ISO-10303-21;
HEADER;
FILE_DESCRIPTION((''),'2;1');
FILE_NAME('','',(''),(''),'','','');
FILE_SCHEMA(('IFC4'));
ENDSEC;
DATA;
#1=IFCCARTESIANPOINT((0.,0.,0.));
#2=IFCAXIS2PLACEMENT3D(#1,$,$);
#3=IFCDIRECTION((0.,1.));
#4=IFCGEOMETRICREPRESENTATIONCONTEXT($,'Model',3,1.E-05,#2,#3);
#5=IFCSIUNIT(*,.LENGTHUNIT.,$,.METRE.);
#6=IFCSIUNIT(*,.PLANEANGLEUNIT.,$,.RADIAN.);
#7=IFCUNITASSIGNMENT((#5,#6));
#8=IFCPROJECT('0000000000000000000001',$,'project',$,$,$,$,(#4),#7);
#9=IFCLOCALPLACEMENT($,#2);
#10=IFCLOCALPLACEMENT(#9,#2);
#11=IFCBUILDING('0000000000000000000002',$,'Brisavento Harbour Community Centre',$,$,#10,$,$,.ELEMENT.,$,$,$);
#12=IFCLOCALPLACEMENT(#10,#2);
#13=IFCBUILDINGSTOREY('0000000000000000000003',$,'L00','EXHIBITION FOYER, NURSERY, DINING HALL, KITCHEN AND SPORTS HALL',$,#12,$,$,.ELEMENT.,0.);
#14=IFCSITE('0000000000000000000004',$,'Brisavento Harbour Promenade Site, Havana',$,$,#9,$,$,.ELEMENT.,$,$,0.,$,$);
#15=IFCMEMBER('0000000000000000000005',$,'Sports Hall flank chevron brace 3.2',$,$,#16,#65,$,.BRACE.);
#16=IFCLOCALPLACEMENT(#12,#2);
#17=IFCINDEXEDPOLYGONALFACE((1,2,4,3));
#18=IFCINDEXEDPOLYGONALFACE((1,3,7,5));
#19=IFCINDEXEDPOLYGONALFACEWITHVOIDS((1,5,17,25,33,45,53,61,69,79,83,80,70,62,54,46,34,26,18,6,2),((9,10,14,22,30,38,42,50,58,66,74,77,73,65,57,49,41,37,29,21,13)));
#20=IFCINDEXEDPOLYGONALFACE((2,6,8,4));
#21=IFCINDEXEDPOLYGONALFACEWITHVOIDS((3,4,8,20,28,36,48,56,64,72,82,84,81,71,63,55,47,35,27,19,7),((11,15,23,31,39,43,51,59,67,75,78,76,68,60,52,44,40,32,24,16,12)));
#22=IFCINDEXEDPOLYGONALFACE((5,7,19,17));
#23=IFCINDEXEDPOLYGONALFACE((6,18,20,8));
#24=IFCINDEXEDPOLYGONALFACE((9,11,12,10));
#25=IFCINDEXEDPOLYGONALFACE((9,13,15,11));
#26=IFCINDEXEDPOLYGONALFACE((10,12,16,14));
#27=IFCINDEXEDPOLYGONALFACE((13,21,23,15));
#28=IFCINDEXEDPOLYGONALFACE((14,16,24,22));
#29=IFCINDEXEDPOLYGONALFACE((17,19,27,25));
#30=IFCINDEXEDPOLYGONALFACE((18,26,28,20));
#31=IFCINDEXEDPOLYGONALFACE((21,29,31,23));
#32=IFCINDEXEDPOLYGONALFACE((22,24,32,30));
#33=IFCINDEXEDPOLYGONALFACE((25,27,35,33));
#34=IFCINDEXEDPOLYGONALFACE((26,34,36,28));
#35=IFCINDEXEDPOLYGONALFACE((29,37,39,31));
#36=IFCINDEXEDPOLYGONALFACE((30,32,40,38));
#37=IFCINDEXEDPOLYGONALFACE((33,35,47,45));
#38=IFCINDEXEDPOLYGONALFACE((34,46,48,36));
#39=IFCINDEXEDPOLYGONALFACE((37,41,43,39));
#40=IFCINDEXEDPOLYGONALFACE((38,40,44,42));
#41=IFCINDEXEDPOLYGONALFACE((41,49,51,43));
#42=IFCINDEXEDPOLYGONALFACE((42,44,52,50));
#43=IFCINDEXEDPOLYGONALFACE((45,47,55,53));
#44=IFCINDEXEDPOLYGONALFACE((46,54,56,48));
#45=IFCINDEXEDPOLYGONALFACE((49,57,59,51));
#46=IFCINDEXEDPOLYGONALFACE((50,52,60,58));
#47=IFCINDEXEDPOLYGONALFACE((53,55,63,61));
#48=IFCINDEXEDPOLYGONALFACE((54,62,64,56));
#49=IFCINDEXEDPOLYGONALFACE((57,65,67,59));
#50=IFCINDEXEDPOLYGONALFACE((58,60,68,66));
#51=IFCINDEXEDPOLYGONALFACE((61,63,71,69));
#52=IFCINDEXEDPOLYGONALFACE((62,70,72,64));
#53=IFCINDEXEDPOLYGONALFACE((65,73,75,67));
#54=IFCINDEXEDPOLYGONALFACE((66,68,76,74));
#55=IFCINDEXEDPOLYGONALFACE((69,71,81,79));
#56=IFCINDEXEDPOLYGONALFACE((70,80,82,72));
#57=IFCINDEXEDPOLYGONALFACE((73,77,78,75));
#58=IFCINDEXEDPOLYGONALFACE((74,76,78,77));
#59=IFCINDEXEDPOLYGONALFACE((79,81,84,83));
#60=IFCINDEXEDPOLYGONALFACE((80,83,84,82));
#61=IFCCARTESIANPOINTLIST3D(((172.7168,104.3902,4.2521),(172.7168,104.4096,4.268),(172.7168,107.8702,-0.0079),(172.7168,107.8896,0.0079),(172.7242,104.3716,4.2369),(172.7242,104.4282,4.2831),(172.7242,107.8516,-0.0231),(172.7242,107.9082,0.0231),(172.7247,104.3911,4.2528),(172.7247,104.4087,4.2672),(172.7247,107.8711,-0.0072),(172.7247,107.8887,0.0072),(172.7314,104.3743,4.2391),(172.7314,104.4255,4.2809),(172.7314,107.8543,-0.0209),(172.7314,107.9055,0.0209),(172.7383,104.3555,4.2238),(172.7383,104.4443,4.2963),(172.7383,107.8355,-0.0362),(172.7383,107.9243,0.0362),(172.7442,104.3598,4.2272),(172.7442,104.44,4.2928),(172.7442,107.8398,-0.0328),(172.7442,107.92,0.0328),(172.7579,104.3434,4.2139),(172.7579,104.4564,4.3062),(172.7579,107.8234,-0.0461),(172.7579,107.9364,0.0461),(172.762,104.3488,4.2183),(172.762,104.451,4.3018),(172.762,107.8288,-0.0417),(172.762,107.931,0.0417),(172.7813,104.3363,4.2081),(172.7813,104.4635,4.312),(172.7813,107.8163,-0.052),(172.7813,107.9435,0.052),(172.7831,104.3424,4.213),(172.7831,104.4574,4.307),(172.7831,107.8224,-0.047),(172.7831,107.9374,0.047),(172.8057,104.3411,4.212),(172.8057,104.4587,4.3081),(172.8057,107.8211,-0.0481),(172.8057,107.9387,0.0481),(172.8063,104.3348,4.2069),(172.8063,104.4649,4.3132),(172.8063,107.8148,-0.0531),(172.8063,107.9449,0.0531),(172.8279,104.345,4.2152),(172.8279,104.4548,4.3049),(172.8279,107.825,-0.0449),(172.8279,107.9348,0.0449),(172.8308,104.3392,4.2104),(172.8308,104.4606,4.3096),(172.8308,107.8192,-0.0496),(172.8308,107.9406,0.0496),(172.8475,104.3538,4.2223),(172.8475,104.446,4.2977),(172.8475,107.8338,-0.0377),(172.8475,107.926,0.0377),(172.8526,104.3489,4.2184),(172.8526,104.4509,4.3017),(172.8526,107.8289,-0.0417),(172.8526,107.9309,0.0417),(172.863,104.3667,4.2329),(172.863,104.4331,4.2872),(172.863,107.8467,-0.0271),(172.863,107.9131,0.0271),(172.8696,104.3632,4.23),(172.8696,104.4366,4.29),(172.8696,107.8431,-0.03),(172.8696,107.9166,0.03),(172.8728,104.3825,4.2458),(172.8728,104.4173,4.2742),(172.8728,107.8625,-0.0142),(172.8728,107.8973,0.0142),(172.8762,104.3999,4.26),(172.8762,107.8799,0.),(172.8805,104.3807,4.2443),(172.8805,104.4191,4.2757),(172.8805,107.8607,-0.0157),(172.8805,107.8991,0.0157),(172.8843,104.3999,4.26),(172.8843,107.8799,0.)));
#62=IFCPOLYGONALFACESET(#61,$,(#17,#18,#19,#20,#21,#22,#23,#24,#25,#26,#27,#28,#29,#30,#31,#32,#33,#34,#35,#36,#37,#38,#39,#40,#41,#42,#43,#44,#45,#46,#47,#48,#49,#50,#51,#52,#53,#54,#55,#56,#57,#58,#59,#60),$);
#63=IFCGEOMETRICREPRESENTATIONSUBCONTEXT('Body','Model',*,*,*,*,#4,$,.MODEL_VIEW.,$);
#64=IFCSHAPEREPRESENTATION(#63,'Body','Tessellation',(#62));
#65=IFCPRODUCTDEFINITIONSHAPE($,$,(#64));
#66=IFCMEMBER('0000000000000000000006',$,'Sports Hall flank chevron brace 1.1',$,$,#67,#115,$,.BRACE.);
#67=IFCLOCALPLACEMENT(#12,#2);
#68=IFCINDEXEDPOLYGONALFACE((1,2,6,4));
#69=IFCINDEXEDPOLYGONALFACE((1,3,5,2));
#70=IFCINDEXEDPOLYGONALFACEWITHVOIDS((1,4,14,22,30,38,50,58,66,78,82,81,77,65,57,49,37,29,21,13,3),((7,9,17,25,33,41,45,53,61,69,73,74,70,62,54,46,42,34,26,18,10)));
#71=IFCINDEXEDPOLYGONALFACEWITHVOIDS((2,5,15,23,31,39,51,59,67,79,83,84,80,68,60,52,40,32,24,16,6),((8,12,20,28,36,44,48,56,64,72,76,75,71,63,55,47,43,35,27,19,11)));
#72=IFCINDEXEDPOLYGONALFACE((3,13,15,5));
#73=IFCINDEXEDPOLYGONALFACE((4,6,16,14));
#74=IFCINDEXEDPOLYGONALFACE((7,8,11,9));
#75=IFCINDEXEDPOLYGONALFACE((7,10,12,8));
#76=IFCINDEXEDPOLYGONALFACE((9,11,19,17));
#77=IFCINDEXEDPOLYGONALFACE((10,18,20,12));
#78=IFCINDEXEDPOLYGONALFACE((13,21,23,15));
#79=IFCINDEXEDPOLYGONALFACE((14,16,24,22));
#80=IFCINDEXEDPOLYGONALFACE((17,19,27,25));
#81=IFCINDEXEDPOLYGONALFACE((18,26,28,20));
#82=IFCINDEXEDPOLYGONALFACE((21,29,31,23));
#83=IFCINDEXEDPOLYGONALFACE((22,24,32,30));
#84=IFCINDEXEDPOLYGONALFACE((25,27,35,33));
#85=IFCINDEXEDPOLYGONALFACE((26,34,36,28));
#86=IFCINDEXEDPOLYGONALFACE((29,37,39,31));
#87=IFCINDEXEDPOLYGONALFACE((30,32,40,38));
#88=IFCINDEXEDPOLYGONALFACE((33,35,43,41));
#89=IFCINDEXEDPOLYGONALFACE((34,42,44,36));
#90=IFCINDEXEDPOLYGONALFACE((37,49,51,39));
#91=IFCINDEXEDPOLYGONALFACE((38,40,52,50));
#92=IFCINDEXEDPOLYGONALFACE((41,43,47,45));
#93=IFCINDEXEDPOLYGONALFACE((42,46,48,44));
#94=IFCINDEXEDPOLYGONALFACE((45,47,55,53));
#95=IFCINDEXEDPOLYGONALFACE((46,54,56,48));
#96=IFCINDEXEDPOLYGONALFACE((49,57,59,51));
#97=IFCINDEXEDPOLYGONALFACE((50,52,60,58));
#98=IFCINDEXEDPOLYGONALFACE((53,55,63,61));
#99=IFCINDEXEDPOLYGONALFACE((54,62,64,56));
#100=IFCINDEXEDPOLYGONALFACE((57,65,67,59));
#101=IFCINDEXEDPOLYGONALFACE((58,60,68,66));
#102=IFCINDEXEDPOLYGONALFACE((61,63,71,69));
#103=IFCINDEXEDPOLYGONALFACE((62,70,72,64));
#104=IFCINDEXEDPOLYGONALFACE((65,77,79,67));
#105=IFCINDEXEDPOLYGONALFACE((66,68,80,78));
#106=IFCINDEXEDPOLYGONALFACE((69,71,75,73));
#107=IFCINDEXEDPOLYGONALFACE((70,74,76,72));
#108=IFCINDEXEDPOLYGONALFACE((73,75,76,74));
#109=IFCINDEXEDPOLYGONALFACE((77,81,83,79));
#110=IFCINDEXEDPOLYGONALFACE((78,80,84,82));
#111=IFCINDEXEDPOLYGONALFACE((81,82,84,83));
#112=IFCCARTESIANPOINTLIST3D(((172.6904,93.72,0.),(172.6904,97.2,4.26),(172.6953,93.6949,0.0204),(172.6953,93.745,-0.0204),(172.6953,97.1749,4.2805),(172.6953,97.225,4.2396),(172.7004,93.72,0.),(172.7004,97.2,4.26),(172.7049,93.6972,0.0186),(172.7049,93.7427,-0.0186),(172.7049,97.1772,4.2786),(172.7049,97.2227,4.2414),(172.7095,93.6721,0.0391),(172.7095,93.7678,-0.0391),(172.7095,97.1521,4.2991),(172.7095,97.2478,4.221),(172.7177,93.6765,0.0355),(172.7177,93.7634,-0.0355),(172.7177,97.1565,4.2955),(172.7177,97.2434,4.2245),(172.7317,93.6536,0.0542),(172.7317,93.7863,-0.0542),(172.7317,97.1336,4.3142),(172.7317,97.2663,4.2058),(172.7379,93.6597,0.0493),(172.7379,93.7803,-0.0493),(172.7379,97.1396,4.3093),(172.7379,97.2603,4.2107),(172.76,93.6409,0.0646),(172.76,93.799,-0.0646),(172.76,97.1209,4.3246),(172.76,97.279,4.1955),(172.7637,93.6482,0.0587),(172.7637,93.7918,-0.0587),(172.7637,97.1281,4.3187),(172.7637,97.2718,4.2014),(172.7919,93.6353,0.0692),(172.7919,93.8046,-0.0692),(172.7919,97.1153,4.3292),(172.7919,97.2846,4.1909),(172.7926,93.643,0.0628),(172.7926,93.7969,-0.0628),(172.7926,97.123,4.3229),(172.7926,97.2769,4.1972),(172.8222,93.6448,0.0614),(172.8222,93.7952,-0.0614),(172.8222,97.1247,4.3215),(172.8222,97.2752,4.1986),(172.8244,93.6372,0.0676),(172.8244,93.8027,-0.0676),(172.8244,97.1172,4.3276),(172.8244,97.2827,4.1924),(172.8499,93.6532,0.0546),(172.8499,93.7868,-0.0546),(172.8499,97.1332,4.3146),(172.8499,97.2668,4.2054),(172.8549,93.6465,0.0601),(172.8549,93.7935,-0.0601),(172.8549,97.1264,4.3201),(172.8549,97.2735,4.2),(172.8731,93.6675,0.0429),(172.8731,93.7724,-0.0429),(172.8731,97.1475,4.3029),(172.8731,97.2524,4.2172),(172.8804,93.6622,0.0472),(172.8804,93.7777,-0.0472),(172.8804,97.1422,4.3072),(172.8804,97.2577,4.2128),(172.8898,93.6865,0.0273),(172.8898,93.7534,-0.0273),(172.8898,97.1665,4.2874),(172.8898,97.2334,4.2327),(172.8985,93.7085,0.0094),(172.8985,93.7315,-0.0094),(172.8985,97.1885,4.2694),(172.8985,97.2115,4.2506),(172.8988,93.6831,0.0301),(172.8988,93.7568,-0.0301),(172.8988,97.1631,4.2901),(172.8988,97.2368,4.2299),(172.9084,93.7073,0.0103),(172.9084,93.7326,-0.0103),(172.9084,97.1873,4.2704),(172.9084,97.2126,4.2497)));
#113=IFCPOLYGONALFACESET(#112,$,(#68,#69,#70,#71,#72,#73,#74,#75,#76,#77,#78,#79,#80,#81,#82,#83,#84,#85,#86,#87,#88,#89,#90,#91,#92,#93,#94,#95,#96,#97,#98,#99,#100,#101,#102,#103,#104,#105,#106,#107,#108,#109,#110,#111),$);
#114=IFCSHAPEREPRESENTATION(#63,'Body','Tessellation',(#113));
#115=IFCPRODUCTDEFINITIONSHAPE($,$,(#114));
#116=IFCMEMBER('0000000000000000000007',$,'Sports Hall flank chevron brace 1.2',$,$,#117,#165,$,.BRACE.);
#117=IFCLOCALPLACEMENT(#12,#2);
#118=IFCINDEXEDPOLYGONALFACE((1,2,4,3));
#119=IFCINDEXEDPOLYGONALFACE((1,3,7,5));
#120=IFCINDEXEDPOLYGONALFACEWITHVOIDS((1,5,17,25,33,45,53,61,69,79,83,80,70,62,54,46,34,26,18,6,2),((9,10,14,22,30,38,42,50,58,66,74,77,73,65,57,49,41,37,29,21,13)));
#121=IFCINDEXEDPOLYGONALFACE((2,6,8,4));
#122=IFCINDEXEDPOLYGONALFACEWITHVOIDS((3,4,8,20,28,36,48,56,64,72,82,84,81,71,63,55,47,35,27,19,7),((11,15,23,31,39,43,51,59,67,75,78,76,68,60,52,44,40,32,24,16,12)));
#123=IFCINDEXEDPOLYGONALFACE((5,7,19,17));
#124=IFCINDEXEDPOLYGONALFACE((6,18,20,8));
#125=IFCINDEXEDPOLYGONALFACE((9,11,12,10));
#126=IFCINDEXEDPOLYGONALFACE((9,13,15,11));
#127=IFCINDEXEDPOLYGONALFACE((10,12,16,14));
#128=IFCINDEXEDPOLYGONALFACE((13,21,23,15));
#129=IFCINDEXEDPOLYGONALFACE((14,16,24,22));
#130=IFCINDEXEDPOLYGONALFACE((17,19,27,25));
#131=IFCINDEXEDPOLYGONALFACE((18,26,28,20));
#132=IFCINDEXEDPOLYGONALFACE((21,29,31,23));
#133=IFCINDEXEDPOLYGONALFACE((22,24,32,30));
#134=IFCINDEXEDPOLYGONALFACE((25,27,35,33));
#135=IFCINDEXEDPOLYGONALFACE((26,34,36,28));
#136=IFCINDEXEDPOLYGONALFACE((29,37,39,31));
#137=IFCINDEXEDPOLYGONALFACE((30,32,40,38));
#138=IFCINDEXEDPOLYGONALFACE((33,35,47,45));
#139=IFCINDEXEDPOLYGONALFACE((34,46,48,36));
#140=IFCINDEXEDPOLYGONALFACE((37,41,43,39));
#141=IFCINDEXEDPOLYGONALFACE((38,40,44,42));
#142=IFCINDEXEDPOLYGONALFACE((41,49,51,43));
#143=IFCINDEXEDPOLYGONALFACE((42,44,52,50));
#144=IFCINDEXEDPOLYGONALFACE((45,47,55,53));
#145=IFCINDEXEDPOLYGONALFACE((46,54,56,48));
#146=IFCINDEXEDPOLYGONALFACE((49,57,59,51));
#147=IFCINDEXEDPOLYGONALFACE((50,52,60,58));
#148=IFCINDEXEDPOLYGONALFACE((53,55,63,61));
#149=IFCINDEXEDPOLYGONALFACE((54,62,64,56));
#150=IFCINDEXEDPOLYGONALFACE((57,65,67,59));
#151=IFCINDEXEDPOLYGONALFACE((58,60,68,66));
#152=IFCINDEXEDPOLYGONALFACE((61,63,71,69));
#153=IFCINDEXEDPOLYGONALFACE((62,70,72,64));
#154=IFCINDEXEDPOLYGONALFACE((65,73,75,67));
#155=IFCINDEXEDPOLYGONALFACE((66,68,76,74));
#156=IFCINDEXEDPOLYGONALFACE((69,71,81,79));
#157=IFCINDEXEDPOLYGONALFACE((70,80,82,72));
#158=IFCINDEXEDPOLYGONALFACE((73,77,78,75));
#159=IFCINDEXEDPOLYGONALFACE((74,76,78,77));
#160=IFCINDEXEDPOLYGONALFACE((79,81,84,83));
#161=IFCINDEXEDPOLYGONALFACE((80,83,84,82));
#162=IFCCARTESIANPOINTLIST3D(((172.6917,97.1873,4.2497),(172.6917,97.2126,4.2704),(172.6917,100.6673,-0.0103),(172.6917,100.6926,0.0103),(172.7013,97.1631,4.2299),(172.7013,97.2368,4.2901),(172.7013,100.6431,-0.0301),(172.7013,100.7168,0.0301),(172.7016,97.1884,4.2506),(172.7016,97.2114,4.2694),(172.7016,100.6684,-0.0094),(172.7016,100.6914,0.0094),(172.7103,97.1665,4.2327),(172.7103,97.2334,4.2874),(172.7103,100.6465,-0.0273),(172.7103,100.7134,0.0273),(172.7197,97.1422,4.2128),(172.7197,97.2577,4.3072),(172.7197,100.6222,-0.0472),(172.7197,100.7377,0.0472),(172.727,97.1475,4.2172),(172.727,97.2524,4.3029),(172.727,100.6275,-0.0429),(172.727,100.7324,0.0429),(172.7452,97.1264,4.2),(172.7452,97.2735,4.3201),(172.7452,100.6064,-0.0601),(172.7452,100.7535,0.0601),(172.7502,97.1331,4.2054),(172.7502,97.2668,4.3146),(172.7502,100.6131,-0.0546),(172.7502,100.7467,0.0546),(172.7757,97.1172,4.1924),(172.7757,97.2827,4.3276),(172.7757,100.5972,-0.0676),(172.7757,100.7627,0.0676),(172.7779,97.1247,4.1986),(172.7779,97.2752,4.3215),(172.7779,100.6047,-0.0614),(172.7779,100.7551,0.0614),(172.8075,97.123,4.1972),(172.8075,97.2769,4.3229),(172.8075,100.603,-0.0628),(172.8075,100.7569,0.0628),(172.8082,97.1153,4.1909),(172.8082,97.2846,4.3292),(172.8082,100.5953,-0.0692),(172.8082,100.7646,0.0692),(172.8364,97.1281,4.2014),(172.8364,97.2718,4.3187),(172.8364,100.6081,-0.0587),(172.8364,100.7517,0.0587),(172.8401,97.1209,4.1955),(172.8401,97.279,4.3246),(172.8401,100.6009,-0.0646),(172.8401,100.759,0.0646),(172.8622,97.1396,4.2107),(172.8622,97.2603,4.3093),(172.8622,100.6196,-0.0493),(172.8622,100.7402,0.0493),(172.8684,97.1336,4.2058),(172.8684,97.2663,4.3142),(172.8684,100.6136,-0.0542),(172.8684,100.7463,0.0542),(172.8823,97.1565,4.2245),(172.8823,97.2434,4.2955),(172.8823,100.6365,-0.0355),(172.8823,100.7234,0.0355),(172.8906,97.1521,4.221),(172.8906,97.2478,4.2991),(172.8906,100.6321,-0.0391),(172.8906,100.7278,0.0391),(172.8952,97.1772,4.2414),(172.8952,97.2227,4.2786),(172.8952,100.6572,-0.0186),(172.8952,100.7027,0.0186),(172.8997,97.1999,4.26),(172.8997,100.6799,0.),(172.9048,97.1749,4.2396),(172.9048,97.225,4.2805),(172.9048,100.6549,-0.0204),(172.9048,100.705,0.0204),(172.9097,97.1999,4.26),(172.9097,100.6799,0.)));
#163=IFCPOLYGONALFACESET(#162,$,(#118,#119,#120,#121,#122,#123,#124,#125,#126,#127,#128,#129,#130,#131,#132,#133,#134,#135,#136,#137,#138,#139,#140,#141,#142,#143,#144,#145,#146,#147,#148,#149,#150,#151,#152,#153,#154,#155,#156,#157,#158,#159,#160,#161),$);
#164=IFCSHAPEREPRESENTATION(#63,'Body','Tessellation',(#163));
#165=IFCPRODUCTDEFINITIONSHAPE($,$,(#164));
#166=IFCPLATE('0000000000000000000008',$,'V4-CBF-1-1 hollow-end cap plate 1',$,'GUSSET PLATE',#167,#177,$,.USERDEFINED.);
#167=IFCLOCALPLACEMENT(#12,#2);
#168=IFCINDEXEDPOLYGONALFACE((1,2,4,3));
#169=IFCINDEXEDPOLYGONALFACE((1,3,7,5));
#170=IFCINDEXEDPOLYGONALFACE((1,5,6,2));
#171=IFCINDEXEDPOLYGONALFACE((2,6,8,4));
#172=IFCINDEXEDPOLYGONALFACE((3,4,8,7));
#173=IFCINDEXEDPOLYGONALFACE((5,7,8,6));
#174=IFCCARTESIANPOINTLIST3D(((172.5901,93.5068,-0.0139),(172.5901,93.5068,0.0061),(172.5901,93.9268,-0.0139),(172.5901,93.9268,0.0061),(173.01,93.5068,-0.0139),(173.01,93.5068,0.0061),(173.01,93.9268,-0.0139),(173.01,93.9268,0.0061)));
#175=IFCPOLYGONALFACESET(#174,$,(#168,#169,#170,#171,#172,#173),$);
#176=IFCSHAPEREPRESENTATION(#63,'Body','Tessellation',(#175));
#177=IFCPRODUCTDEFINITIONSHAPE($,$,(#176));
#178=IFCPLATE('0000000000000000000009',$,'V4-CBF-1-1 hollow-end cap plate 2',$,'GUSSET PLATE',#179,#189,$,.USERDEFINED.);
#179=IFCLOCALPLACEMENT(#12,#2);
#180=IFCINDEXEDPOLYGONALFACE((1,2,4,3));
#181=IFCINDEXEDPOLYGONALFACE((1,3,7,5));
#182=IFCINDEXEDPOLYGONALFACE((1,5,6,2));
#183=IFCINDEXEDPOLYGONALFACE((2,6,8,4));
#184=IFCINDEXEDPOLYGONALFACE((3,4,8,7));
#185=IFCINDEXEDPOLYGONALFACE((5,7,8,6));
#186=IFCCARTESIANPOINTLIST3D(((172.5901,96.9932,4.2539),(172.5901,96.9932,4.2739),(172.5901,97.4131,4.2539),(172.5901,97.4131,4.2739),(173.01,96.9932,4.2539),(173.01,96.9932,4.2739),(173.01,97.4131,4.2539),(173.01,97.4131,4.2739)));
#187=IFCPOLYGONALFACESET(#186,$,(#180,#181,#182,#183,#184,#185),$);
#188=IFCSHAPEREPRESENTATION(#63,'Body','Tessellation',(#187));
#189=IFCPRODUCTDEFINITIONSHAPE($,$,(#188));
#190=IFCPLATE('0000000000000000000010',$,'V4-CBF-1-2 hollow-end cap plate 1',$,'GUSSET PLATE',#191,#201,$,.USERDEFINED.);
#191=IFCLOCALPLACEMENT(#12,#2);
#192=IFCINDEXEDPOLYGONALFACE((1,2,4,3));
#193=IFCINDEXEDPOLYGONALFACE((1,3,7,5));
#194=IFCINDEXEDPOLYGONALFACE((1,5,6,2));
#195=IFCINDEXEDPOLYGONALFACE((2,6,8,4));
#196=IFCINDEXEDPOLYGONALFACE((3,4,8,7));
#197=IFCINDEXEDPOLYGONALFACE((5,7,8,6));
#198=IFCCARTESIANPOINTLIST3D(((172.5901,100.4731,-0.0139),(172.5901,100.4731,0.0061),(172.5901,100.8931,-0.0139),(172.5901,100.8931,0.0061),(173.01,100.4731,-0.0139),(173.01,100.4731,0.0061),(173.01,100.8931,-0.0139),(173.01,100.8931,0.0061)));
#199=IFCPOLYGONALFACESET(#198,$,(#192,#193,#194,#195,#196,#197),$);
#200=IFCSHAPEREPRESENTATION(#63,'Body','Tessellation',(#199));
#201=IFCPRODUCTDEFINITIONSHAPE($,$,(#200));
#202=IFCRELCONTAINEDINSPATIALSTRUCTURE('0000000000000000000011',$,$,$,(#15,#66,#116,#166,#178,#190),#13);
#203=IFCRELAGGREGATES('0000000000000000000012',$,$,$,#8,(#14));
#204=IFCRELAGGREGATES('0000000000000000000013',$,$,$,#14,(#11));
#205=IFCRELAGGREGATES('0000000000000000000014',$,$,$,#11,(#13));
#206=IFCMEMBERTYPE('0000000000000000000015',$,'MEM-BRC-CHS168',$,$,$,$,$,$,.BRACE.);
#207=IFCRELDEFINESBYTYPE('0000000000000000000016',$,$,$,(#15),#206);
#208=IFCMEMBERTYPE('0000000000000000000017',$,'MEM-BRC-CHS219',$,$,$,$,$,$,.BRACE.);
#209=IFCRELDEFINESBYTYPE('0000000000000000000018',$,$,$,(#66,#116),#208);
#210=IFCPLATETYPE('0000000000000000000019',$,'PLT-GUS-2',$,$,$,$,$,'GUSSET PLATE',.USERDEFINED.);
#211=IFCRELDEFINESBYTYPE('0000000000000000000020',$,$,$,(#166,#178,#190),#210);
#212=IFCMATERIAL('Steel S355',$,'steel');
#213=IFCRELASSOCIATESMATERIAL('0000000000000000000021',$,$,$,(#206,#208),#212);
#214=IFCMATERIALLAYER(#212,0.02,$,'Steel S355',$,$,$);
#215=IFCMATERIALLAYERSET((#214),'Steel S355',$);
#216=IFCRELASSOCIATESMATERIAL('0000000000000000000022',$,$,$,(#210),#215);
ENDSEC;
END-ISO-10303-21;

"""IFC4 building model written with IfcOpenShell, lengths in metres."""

from ifc_helpers import new_model, si_unit, direction, frame, origin, origin_2d, place, context, subcontext, project, spatial, rectangle, hollow_circle, extrude, material, layer, layer_set, material_profile, profile_set, type_object, element, save


model = new_model("IFC4")

# Units and contexts
model_context = context("Model", 3, precision=1e-05, world=origin(), true_north=direction((0.0, 1.0)))
body_context = subcontext(model_context, "Body", "Model", "MODEL_VIEW")
ifc_project = project(units=[si_unit("LENGTHUNIT", "METRE"), si_unit("PLANEANGLEUNIT", "RADIAN")], contexts=[model_context])

# Site, building, storey
site_placement = place(None, origin())
site = spatial("IfcSite", under=ifc_project, at=site_placement, Name="Brisavento Harbour Promenade Site, Havana", CompositionType="ELEMENT", RefElevation=0.0)
building_placement = place(site_placement, origin())
building = spatial("IfcBuilding", under=site, at=building_placement, Name="Brisavento Harbour Community Centre", CompositionType="ELEMENT")
storey_placement = place(building_placement, origin())
storey = spatial("IfcBuildingStorey", under=building, at=storey_placement, Name="L00", Description="EXHIBITION FOYER, NURSERY, DINING HALL, KITCHEN AND SPORTS HALL", CompositionType="ELEMENT", Elevation=0.0)

# Shared definitions
ifc_material_1 = material(Name="Steel S355", Category="steel")

# Members
ifc_material_profile_1 = material_profile(ifc_material_1, hollow_circle(Radius=0.0842, WallThickness=0.0081, at=origin_2d()), Name="Steel S355")
ifc_profile_set_1 = profile_set([ifc_material_profile_1], Name="Steel S355")
member_type_1 = type_object("IfcMemberType", Name="MEM-BRC-CHS168", PredefinedType="BRACE", material=ifc_profile_set_1)
for number, where, z_axis, x_axis, name in (
    (1, (172.8, 107.8799, 0.0), (0.0, -0.632641, 0.774446), (1.0, 0.0, 0.0), "Sports Hall flank chevron brace 3.2"),
):
    element("IfcMember", number, at=place(storey_placement, frame(where, z_axis=z_axis, x_axis=x_axis)), inside=storey, type_object=member_type_1, Name=name, PredefinedType="BRACE", context=body_context, shape_type="SweptSolid", body=[
        extrude(hollow_circle(Radius=0.0842, WallThickness=0.0081, at=origin_2d()), origin(), (0.0, 0.0, 1.0), 5.5007),
    ])
ifc_material_profile_2 = material_profile(ifc_material_1, hollow_circle(Radius=0.1096, WallThickness=0.01, at=origin_2d()), Name="Steel S355")
ifc_profile_set_2 = profile_set([ifc_material_profile_2], Name="Steel S355")
member_type_2 = type_object("IfcMemberType", Name="MEM-BRC-CHS219", PredefinedType="BRACE", material=ifc_profile_set_2)
for number, where, z_axis, x_axis, name in (
    (2, (172.8, 93.72, 0.0), (0.0, 0.632641, 0.774446), (-1.0, 0.0, 0.0), "Sports Hall flank chevron brace 1.1"),
    (3, (172.8, 100.6799, 0.0), (0.0, -0.632641, 0.774446), (1.0, 0.0, 0.0), "Sports Hall flank chevron brace 1.2"),
):
    element("IfcMember", number, at=place(storey_placement, frame(where, z_axis=z_axis, x_axis=x_axis)), inside=storey, type_object=member_type_2, Name=name, PredefinedType="BRACE", context=body_context, shape_type="SweptSolid", body=[
        extrude(hollow_circle(Radius=0.1096, WallThickness=0.01, at=origin_2d()), origin(), (0.0, 0.0, 1.0), 5.5007),
    ])

# Plates
ifc_layer_1 = layer(ifc_material_1, 0.02, Name="Steel S355")
ifc_layer_set_1 = layer_set([ifc_layer_1], Name="Steel S355")
plate_type = type_object("IfcPlateType", Name="PLT-GUS-2", ElementType="GUSSET PLATE", PredefinedType="USERDEFINED", material=ifc_layer_set_1)
for number, where, z_axis, x_axis, name in (
    (4, (172.8, 93.7168, -0.0139), (0.0, 0.0, 1.0), (0.0, 1.0, 0.0), "V4-CBF-1-1 hollow-end cap plate 1"),
    (5, (172.8, 97.2031, 4.2539), (0.0, 0.0, 1.0), (0.0, 1.0, 0.0), "V4-CBF-1-1 hollow-end cap plate 2"),
    (6, (172.8, 100.6831, -0.0139), (0.0, 0.0, 1.0), (0.0, -1.0, 0.0), "V4-CBF-1-2 hollow-end cap plate 1"),
):
    element("IfcPlate", number, at=place(storey_placement, frame(where, z_axis=z_axis, x_axis=x_axis)), inside=storey, type_object=plate_type, Name=name, ObjectType="GUSSET PLATE", PredefinedType="USERDEFINED", context=body_context, shape_type="SweptSolid", body=[
        extrude(rectangle(XDim=0.4199, YDim=0.4199, at=origin_2d()), origin(), (0.0, 0.0, 1.0), 0.02),
    ])

save(model, "model.ifc")
